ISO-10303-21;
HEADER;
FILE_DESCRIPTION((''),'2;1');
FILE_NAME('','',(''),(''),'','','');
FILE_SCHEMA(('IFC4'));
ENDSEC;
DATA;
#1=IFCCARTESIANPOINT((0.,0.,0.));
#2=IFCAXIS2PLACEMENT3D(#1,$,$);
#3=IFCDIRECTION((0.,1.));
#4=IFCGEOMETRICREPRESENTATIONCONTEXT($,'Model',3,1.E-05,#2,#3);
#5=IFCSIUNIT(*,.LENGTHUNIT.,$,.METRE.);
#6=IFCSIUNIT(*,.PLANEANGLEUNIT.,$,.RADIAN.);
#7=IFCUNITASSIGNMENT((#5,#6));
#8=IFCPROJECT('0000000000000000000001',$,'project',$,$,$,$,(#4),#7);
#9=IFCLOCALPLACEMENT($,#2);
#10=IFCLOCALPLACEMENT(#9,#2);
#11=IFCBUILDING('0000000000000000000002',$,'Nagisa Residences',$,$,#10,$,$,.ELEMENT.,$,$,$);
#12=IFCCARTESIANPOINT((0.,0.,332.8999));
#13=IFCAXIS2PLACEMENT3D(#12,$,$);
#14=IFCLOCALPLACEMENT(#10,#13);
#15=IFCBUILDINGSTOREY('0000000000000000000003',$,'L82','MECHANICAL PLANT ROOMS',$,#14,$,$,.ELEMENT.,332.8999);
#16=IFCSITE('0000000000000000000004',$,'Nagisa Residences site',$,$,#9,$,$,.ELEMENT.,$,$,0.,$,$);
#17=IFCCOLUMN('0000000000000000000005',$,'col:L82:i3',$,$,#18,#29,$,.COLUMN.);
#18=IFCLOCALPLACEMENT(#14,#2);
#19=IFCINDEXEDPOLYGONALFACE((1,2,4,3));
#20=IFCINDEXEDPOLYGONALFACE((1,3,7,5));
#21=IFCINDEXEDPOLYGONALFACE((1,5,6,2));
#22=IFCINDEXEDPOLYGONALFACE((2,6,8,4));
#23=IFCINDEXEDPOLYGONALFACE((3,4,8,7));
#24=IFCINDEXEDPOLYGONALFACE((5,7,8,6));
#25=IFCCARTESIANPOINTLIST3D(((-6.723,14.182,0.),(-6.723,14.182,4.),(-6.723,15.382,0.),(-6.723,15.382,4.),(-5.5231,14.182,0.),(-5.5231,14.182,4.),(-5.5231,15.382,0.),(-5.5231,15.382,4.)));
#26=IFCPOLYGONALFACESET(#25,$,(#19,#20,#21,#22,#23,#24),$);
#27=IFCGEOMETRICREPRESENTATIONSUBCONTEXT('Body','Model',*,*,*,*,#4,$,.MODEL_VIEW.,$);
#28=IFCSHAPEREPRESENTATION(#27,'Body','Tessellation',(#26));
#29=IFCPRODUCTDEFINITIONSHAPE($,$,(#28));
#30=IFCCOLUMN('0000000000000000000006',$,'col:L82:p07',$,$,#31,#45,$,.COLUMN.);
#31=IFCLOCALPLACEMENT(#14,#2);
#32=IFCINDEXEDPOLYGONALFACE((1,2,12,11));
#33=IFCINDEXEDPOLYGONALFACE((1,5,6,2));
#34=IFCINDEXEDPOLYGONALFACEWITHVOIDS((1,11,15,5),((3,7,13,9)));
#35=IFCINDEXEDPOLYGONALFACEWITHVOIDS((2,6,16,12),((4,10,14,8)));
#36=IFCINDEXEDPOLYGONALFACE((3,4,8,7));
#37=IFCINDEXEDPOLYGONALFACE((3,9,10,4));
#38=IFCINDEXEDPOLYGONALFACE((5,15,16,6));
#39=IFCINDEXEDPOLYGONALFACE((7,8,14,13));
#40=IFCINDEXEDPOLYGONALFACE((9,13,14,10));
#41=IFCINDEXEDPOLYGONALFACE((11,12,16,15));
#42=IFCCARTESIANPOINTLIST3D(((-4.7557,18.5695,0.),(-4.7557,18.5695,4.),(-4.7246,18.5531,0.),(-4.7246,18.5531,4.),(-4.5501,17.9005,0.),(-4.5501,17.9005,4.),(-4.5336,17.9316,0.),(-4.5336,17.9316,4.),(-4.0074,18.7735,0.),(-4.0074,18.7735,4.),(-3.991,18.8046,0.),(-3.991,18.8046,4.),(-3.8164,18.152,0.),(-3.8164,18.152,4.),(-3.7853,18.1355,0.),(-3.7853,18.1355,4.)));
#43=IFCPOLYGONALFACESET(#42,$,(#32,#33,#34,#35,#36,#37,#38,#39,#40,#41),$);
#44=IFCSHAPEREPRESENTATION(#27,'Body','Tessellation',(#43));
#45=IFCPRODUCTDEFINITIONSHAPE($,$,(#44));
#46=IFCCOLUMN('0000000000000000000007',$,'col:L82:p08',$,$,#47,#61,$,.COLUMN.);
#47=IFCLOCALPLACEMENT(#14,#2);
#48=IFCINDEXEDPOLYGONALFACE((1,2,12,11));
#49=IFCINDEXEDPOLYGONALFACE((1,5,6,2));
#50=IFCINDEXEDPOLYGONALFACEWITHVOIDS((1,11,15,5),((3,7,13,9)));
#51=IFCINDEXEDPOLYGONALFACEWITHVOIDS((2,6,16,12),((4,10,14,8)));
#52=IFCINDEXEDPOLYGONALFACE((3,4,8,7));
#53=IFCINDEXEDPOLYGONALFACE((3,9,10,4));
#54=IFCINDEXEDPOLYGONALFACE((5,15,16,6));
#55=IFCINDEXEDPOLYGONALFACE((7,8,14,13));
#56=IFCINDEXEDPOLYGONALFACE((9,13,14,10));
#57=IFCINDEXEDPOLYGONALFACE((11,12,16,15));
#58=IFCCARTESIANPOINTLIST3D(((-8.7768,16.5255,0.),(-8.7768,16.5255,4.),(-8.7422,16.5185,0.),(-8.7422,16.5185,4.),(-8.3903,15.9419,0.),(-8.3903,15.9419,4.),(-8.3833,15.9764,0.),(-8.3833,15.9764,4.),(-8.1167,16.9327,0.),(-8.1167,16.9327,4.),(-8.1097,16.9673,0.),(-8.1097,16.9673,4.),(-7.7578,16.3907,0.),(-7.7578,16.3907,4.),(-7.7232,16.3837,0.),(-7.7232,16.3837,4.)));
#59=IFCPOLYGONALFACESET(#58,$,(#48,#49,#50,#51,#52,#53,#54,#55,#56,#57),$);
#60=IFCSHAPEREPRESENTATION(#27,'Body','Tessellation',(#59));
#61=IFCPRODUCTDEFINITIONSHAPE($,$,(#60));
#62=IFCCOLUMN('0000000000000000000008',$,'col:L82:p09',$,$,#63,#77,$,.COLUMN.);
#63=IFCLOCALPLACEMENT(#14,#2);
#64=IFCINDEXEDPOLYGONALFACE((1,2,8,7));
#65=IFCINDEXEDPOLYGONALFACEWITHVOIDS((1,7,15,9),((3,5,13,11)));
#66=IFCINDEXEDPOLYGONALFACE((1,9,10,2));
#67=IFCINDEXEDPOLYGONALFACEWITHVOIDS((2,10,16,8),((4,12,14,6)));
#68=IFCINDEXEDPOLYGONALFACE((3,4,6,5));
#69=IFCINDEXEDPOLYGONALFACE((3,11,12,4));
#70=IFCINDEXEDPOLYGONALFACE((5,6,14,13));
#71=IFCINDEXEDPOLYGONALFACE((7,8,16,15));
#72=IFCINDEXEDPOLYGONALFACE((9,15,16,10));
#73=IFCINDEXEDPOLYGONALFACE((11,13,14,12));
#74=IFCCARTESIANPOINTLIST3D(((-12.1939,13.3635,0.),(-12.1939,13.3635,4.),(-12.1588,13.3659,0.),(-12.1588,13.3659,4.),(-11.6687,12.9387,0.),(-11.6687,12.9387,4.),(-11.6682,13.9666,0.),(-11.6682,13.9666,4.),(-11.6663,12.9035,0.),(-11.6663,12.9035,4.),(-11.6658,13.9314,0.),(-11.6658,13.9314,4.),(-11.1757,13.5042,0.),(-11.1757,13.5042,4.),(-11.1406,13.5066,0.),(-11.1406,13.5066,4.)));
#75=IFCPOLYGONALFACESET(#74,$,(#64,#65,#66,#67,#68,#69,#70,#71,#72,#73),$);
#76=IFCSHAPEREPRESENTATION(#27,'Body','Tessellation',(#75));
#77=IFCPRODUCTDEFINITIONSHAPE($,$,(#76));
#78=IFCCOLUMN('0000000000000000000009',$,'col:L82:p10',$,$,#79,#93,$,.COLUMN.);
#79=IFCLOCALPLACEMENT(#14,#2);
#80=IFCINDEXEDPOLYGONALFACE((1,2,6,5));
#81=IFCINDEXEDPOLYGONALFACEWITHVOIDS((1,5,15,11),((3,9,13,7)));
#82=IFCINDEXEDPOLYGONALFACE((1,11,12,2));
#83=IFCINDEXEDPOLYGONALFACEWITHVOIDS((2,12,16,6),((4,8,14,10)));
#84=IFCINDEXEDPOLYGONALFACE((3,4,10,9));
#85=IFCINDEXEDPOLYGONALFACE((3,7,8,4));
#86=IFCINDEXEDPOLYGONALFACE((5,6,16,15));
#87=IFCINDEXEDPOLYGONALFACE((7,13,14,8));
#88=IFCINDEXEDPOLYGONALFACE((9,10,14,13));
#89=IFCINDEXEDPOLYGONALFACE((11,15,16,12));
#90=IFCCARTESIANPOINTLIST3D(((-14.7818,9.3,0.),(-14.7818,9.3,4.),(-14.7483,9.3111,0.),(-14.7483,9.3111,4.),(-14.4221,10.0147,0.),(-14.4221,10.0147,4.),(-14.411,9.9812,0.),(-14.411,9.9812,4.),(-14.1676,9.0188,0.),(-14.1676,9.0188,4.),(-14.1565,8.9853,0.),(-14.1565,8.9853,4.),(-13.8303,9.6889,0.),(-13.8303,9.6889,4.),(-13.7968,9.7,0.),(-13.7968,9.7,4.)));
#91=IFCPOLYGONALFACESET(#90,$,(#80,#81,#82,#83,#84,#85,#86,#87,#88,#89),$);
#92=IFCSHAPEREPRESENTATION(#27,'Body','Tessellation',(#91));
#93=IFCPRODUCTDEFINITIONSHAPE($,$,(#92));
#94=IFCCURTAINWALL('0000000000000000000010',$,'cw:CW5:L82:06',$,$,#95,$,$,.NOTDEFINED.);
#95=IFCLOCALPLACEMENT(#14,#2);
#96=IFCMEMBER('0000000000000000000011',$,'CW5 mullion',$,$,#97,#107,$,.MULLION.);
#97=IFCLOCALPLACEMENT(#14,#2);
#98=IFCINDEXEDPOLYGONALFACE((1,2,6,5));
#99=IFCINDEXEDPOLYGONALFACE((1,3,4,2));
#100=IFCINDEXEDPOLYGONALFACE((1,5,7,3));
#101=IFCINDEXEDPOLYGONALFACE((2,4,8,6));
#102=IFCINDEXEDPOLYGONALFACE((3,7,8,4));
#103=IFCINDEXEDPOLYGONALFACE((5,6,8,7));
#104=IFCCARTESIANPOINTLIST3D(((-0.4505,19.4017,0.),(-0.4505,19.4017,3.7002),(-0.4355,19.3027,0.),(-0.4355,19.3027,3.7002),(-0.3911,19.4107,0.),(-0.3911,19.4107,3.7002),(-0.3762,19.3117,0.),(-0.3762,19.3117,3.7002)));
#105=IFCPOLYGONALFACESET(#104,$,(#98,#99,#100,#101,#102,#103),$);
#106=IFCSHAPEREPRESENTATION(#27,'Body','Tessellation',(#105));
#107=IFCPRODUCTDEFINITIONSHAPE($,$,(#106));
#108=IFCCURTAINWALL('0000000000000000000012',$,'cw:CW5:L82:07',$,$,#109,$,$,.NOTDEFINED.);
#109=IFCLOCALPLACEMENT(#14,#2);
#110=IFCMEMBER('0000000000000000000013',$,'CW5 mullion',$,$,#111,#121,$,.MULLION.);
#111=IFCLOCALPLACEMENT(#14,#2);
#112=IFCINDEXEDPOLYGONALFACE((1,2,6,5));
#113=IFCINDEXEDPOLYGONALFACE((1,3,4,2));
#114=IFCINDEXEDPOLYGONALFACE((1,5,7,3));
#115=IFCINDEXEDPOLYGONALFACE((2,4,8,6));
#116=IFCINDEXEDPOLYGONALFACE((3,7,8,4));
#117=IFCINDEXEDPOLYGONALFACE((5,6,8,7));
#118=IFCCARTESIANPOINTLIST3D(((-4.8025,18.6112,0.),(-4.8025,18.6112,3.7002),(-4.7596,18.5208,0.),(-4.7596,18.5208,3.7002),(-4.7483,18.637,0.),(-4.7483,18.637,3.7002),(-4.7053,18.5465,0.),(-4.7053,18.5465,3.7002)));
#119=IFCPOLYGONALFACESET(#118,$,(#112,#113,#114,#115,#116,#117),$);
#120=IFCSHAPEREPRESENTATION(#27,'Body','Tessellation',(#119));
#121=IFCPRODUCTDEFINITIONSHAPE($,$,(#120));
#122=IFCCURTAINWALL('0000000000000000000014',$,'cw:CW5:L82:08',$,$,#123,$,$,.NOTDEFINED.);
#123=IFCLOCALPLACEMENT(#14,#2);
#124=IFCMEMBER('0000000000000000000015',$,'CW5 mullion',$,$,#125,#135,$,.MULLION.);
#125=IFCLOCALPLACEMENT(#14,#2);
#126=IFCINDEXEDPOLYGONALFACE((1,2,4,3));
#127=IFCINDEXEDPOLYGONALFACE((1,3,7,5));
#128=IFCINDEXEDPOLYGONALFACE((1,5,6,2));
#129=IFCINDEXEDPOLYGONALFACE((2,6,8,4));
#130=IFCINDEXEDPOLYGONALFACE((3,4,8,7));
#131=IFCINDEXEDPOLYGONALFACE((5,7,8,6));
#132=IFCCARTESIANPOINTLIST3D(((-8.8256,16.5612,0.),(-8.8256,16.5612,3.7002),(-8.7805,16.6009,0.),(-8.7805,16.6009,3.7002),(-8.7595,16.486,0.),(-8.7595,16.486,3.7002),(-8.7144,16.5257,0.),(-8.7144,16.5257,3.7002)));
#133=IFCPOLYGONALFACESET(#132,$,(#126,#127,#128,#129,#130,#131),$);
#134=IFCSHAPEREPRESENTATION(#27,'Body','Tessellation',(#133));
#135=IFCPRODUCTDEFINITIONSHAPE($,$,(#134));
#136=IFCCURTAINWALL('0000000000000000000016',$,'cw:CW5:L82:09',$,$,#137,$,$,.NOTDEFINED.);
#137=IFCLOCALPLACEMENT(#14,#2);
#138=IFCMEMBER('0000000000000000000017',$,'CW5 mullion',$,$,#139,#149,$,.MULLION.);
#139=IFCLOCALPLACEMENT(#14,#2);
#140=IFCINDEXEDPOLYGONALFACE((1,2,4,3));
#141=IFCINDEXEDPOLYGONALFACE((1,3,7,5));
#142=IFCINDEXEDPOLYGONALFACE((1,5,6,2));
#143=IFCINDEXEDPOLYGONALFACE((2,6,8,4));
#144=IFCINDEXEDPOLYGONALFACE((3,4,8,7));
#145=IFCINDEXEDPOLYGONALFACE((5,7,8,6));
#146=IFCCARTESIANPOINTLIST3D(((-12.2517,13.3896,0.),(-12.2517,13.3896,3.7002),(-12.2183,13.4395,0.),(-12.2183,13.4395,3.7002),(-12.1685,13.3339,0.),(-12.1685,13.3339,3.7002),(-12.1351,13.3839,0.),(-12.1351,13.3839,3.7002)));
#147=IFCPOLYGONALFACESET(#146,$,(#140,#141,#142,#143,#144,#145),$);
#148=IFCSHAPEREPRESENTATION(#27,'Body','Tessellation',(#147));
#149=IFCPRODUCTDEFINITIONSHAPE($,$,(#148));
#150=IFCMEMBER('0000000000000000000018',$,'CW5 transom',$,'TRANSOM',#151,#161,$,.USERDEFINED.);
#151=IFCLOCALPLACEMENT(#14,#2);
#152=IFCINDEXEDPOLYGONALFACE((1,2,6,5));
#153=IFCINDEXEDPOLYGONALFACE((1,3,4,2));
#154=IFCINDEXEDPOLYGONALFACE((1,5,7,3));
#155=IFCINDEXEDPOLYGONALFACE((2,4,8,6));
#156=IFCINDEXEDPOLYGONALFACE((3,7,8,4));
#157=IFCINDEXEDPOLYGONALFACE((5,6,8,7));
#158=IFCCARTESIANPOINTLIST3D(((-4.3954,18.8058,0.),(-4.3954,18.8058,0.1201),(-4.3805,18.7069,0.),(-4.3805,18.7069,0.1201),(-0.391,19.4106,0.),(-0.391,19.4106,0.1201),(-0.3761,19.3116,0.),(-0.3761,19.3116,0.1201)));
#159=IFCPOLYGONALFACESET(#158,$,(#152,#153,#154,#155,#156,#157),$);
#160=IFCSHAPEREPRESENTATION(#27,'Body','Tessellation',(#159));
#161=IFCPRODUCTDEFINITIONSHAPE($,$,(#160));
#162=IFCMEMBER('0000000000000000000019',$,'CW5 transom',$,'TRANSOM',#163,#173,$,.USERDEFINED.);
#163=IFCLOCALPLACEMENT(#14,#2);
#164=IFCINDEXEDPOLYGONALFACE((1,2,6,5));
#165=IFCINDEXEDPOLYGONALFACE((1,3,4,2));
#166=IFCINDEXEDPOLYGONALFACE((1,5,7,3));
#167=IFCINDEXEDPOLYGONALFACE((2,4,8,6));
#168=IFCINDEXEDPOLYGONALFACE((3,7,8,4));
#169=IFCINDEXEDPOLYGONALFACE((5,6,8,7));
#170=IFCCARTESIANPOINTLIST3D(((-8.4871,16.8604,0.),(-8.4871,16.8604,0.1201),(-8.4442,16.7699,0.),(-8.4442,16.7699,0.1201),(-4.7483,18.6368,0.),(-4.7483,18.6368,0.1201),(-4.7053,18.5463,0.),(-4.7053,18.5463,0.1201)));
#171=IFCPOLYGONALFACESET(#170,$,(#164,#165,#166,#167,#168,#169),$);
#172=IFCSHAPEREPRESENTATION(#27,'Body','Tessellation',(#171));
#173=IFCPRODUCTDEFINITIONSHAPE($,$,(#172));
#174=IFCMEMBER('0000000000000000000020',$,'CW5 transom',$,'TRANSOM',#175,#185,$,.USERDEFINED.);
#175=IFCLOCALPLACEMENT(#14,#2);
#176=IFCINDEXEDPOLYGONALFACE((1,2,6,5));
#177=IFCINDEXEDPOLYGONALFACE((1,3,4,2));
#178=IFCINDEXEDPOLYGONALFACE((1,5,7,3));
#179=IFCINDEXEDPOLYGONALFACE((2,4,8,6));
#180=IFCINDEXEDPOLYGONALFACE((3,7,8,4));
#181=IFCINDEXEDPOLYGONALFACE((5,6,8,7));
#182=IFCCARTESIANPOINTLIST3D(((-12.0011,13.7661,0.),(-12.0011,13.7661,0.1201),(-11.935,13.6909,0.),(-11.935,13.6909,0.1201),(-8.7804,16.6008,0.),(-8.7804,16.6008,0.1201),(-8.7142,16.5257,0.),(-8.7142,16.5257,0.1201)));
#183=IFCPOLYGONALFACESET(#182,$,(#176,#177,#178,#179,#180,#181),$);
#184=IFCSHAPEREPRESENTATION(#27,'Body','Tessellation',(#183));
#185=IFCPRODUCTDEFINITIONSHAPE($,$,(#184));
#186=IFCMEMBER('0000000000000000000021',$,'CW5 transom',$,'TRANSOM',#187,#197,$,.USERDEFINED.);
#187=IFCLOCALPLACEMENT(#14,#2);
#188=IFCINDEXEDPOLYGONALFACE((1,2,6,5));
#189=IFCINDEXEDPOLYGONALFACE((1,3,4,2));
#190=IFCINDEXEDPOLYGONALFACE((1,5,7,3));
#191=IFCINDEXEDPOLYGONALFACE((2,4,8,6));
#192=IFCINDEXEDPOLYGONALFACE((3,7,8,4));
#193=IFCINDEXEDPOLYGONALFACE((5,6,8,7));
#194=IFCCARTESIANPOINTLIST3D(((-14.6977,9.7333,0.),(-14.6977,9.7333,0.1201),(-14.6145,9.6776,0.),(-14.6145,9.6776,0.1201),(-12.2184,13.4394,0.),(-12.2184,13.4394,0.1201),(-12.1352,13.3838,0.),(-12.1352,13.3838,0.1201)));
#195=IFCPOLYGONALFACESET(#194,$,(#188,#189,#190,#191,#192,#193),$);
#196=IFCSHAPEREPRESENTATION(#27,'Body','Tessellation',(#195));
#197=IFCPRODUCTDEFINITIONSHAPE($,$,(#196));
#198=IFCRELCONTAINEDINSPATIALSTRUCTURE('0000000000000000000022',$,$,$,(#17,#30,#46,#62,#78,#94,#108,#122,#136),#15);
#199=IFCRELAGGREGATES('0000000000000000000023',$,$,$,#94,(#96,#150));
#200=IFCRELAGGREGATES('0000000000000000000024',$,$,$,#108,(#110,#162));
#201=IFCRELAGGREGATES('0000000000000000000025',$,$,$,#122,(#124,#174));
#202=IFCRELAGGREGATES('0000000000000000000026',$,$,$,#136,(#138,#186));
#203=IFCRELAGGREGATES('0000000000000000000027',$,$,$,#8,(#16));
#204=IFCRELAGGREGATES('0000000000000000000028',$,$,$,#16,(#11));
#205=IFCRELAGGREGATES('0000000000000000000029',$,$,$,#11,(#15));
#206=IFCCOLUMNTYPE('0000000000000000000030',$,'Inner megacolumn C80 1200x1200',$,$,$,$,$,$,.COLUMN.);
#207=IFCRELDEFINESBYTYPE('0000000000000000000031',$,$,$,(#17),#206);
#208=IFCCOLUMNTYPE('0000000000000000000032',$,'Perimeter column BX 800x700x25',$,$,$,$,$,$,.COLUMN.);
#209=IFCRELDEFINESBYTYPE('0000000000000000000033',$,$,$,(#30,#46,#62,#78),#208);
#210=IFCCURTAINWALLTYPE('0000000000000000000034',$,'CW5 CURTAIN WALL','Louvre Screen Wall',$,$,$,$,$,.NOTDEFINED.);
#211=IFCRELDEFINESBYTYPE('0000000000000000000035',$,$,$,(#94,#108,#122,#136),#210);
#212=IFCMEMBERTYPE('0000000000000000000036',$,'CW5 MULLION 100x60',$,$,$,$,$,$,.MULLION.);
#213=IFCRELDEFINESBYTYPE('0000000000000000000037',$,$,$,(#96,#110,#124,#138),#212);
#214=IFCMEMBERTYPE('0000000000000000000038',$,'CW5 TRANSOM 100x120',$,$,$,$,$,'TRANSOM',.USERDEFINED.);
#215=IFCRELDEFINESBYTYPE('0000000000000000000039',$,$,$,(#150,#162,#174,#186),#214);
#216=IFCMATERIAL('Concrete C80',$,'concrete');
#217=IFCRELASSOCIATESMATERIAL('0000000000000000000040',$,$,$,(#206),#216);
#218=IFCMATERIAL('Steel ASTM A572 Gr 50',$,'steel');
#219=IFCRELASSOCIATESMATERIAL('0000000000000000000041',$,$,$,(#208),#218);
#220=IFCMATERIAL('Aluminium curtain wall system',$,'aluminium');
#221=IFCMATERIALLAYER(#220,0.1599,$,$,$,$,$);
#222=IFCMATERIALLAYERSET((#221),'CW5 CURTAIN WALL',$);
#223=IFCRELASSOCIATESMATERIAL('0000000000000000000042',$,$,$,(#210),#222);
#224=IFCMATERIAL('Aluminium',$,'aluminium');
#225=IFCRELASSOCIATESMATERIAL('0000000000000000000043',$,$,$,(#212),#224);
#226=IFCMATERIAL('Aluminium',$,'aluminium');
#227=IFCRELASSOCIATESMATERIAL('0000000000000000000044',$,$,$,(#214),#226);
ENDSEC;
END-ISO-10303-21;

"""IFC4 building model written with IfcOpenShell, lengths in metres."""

from ifc_helpers import new_model, si_unit, direction, frame, origin, origin_2d, place, context, subcontext, project, spatial, rectangle, hollow_rectangle, extrude, material, layer, layer_set, material_profile, profile_set, type_object, element, aggregate, save


model = new_model("IFC4")

# Units and contexts
model_context = context("Model", 3, precision=1e-05, world=origin(), true_north=direction((0.0, 1.0)))
body_context = subcontext(model_context, "Body", "Model", "MODEL_VIEW")
ifc_project = project(units=[si_unit("LENGTHUNIT", "METRE"), si_unit("PLANEANGLEUNIT", "RADIAN")], contexts=[model_context])

# Site, building, storey
site_placement = place(None, origin())
site = spatial("IfcSite", under=ifc_project, at=site_placement, Name="Nagisa Residences site", CompositionType="ELEMENT", RefElevation=0.0)
building_placement = place(site_placement, origin())
building = spatial("IfcBuilding", under=site, at=building_placement, Name="Nagisa Residences", CompositionType="ELEMENT")
storey_placement = place(building_placement, frame((0.0, 0.0, 332.8999)))
storey = spatial("IfcBuildingStorey", under=building, at=storey_placement, Name="L82", Description="MECHANICAL PLANT ROOMS", CompositionType="ELEMENT", Elevation=332.8999)

# Columns
ifc_material_1 = material(Name="Concrete C80", Category="concrete")
ifc_material_profile_1 = material_profile(ifc_material_1, rectangle(XDim=1.2, YDim=1.2, at=origin_2d()), Name="C80 1200x1200")
ifc_profile_set_1 = profile_set([ifc_material_profile_1], Name="Concrete C80")
column_type_1 = type_object("IfcColumnType", Name="Inner megacolumn C80 1200x1200", PredefinedType="COLUMN", material=ifc_profile_set_1)
column_placement = place(storey_placement, frame((-6.123, 14.782, 0.0), z_axis=(0.0, 0.0, 1.0), x_axis=(1.0, 0.0, 0.0)))
element("IfcColumn", 1, at=column_placement, inside=storey, type_object=column_type_1, Name="col:L82:i3", PredefinedType="COLUMN", context=body_context, shape_type="SweptSolid", body=[
    extrude(rectangle(XDim=1.2, YDim=1.2, at=origin_2d()), origin(), (0.0, 0.0, 1.0), 4.0),
])
ifc_material_2 = material(Name="Steel ASTM A572 Gr 50", Category="steel")
ifc_material_profile_2 = material_profile(ifc_material_2, hollow_rectangle(XDim=0.8, YDim=0.7, WallThickness=0.0249, at=origin_2d()), Name="BX 800x700x25")
ifc_profile_set_2 = profile_set([ifc_material_profile_2], Name="Steel ASTM A572 Gr 50")
column_type_2 = type_object("IfcColumnType", Name="Perimeter column BX 800x700x25", PredefinedType="COLUMN", material=ifc_profile_set_2)
for number, where, z_axis, x_axis, name in (
    (2, (-4.2705, 18.3525, 0.0), (0.0, 0.0, 1.0), (-0.95587, -0.29379, 0.0), "col:L82:p07"),
    (3, (-8.25, 16.4546, 0.0), (0.0, 0.0, 1.0), (-0.833744, -0.552151, 0.0), "col:L82:p08"),
    (4, (-11.6672, 13.4351, 0.0), (0.0, 0.0, 1.0), (-0.657135, -0.753773, 0.0), "col:L82:p09"),
    (5, (-14.2893, 9.5, 0.0), (0.0, 0.0, 1.0), (-0.449592, -0.893234, 0.0), "col:L82:p10"),
):
    element("IfcColumn", number, at=place(storey_placement, frame(where, z_axis=z_axis, x_axis=x_axis)), inside=storey, type_object=column_type_2, Name=name, PredefinedType="COLUMN", context=body_context, shape_type="SweptSolid", body=[
        extrude(hollow_rectangle(XDim=0.8, YDim=0.7, WallThickness=0.0249, at=origin_2d()), origin(), (0.0, 0.0, 1.0), 4.0),
    ])

# Curtain walls, members
ifc_material_3 = material(Name="Aluminium curtain wall system", Category="aluminium")
ifc_layer_1 = layer(ifc_material_3, 0.1599)
ifc_layer_set_1 = layer_set([ifc_layer_1], Name="CW5 CURTAIN WALL")
curtain_wall_type = type_object("IfcCurtainWallType", Name="CW5 CURTAIN WALL", Description="Louvre Screen Wall", PredefinedType="NOTDEFINED", material=ifc_layer_set_1)
curtain_wall_1_placement = place(storey_placement, origin())
curtain_wall_1 = element("IfcCurtainWall", 6, at=curtain_wall_1_placement, inside=storey, type_object=curtain_wall_type, Name="cw:CW5:L82:06", PredefinedType="NOTDEFINED")
ifc_material_4 = material(Name="Aluminium", Category="aluminium")
ifc_material_profile_3 = material_profile(ifc_material_4, rectangle(XDim=0.1001, YDim=0.0601, at=origin_2d()), Name="CW5 MULLION 100x60")
ifc_profile_set_3 = profile_set([ifc_material_profile_3], Name="Aluminium")
member_type_1 = type_object("IfcMemberType", Name="CW5 MULLION 100x60", PredefinedType="MULLION", material=ifc_profile_set_3)
member_1_placement = place(storey_placement, frame((-0.4133, 19.3567, 0.0), z_axis=(0.0, 0.0, 1.0), x_axis=(0.14932, -0.988789, 0.0)))
member_1 = element("IfcMember", 7, at=member_1_placement, type_object=member_type_1, Name="CW5 mullion", PredefinedType="MULLION", context=body_context, shape_type="SweptSolid", body=[
    extrude(rectangle(XDim=0.1001, YDim=0.0601, at=origin_2d()), origin(), (0.0, 0.0, 1.0), 3.7002),
])
curtain_wall_2_placement = place(storey_placement, origin())
curtain_wall_2 = element("IfcCurtainWall", 8, at=curtain_wall_2_placement, inside=storey, type_object=curtain_wall_type, Name="cw:CW5:L82:07", PredefinedType="NOTDEFINED")
member_2_placement = place(storey_placement, frame((-4.7539, 18.5789, 0.0), z_axis=(0.0, 0.0, 1.0), x_axis=(0.429151, -0.903233, 0.0)))
member_2 = element("IfcMember", 9, at=member_2_placement, type_object=member_type_1, Name="CW5 mullion", PredefinedType="MULLION", context=body_context, shape_type="SweptSolid", body=[
    extrude(rectangle(XDim=0.1001, YDim=0.0601, at=origin_2d()), origin(), (0.0, 0.0, 1.0), 3.7002),
])
curtain_wall_3_placement = place(storey_placement, origin())
curtain_wall_3 = element("IfcCurtainWall", 10, at=curtain_wall_3_placement, inside=storey, type_object=curtain_wall_type, Name="cw:CW5:L82:08", PredefinedType="NOTDEFINED")
member_3_placement = place(storey_placement, frame((-8.77, 16.5435, 0.0), z_axis=(0.0, 0.0, 1.0), x_axis=(0.660699, -0.750651, 0.0)))
member_3 = element("IfcMember", 11, at=member_3_placement, type_object=member_type_1, Name="CW5 mullion", PredefinedType="MULLION", context=body_context, shape_type="SweptSolid", body=[
    extrude(rectangle(XDim=0.1001, YDim=0.0601, at=origin_2d()), origin(), (0.0, 0.0, 1.0), 3.7002),
])
curtain_wall_4_placement = place(storey_placement, origin())
curtain_wall_4 = element("IfcCurtainWall", 12, at=curtain_wall_4_placement, inside=storey, type_object=curtain_wall_type, Name="cw:CW5:L82:09", PredefinedType="NOTDEFINED")
member_4_placement = place(storey_placement, frame((-12.1934, 13.3867, 0.0), z_axis=(0.0, 0.0, 1.0), x_axis=(0.831173, -0.556014, 0.0)))
member_4 = element("IfcMember", 13, at=member_4_placement, type_object=member_type_1, Name="CW5 mullion", PredefinedType="MULLION", context=body_context, shape_type="SweptSolid", body=[
    extrude(rectangle(XDim=0.1001, YDim=0.0601, at=origin_2d()), origin(), (0.0, 0.0, 1.0), 3.7002),
])

# Members
ifc_material_5 = material(Name="Aluminium", Category="aluminium")
ifc_material_profile_4 = material_profile(ifc_material_5, rectangle(XDim=0.1001, YDim=0.1201, at=origin_2d()), Name="CW5 TRANSOM 100x120")
ifc_profile_set_4 = profile_set([ifc_material_profile_4], Name="Aluminium")
member_type_2 = type_object("IfcMemberType", Name="CW5 TRANSOM 100x120", ElementType="TRANSOM", PredefinedType="USERDEFINED", material=ifc_profile_set_4)
member_5_placement = place(storey_placement, frame((-0.3835, 19.3611, 0.0601), z_axis=(-0.988788, -0.149325, 0.0), x_axis=(0.149325, -0.988788, 0.0)))
member_5 = element("IfcMember", 14, at=member_5_placement, type_object=member_type_2, Name="CW5 transom", ObjectType="TRANSOM", PredefinedType="USERDEFINED", context=body_context, shape_type="SweptSolid", body=[
    extrude(rectangle(XDim=0.1001, YDim=0.1201, at=origin_2d()), origin(), (0.0, 0.0, 1.0), 4.0498),
])
member_6_placement = place(storey_placement, frame((-4.7268, 18.5916, 0.0601), z_axis=(-0.903235, -0.429146, 0.0), x_axis=(0.429146, -0.903235, 0.0)))
member_6 = element("IfcMember", 15, at=member_6_placement, type_object=member_type_2, Name="CW5 transom", ObjectType="TRANSOM", PredefinedType="USERDEFINED", context=body_context, shape_type="SweptSolid", body=[
    extrude(rectangle(XDim=0.1001, YDim=0.1201, at=origin_2d()), origin(), (0.0, 0.0, 1.0), 4.1394),
])
member_7_placement = place(storey_placement, frame((-8.7473, 16.5632, 0.0601), z_axis=(-0.750656, -0.660693, 0.0), x_axis=(0.660693, -0.750656, 0.0)))
member_7 = element("IfcMember", 16, at=member_7_placement, type_object=member_type_2, Name="CW5 transom", ObjectType="TRANSOM", PredefinedType="USERDEFINED", context=body_context, shape_type="SweptSolid", body=[
    extrude(rectangle(XDim=0.1001, YDim=0.1201, at=origin_2d()), origin(), (0.0, 0.0, 1.0), 4.2905),
])
member_8_placement = place(storey_placement, frame((-12.1768, 13.4116, 0.0601), z_axis=(-0.556026, -0.831165, 0.0), x_axis=(0.831165, -0.556026, 0.0)))
member_8 = element("IfcMember", 17, at=member_8_placement, type_object=member_type_2, Name="CW5 transom", ObjectType="TRANSOM", PredefinedType="USERDEFINED", context=body_context, shape_type="SweptSolid", body=[
    extrude(rectangle(XDim=0.1001, YDim=0.1201, at=origin_2d()), origin(), (0.0, 0.0, 1.0), 4.459),
])

aggregate(curtain_wall_1, [member_1, member_5])
aggregate(curtain_wall_2, [member_2, member_6])
aggregate(curtain_wall_3, [member_3, member_7])
aggregate(curtain_wall_4, [member_4, member_8])

save(model, "model.ifc")
